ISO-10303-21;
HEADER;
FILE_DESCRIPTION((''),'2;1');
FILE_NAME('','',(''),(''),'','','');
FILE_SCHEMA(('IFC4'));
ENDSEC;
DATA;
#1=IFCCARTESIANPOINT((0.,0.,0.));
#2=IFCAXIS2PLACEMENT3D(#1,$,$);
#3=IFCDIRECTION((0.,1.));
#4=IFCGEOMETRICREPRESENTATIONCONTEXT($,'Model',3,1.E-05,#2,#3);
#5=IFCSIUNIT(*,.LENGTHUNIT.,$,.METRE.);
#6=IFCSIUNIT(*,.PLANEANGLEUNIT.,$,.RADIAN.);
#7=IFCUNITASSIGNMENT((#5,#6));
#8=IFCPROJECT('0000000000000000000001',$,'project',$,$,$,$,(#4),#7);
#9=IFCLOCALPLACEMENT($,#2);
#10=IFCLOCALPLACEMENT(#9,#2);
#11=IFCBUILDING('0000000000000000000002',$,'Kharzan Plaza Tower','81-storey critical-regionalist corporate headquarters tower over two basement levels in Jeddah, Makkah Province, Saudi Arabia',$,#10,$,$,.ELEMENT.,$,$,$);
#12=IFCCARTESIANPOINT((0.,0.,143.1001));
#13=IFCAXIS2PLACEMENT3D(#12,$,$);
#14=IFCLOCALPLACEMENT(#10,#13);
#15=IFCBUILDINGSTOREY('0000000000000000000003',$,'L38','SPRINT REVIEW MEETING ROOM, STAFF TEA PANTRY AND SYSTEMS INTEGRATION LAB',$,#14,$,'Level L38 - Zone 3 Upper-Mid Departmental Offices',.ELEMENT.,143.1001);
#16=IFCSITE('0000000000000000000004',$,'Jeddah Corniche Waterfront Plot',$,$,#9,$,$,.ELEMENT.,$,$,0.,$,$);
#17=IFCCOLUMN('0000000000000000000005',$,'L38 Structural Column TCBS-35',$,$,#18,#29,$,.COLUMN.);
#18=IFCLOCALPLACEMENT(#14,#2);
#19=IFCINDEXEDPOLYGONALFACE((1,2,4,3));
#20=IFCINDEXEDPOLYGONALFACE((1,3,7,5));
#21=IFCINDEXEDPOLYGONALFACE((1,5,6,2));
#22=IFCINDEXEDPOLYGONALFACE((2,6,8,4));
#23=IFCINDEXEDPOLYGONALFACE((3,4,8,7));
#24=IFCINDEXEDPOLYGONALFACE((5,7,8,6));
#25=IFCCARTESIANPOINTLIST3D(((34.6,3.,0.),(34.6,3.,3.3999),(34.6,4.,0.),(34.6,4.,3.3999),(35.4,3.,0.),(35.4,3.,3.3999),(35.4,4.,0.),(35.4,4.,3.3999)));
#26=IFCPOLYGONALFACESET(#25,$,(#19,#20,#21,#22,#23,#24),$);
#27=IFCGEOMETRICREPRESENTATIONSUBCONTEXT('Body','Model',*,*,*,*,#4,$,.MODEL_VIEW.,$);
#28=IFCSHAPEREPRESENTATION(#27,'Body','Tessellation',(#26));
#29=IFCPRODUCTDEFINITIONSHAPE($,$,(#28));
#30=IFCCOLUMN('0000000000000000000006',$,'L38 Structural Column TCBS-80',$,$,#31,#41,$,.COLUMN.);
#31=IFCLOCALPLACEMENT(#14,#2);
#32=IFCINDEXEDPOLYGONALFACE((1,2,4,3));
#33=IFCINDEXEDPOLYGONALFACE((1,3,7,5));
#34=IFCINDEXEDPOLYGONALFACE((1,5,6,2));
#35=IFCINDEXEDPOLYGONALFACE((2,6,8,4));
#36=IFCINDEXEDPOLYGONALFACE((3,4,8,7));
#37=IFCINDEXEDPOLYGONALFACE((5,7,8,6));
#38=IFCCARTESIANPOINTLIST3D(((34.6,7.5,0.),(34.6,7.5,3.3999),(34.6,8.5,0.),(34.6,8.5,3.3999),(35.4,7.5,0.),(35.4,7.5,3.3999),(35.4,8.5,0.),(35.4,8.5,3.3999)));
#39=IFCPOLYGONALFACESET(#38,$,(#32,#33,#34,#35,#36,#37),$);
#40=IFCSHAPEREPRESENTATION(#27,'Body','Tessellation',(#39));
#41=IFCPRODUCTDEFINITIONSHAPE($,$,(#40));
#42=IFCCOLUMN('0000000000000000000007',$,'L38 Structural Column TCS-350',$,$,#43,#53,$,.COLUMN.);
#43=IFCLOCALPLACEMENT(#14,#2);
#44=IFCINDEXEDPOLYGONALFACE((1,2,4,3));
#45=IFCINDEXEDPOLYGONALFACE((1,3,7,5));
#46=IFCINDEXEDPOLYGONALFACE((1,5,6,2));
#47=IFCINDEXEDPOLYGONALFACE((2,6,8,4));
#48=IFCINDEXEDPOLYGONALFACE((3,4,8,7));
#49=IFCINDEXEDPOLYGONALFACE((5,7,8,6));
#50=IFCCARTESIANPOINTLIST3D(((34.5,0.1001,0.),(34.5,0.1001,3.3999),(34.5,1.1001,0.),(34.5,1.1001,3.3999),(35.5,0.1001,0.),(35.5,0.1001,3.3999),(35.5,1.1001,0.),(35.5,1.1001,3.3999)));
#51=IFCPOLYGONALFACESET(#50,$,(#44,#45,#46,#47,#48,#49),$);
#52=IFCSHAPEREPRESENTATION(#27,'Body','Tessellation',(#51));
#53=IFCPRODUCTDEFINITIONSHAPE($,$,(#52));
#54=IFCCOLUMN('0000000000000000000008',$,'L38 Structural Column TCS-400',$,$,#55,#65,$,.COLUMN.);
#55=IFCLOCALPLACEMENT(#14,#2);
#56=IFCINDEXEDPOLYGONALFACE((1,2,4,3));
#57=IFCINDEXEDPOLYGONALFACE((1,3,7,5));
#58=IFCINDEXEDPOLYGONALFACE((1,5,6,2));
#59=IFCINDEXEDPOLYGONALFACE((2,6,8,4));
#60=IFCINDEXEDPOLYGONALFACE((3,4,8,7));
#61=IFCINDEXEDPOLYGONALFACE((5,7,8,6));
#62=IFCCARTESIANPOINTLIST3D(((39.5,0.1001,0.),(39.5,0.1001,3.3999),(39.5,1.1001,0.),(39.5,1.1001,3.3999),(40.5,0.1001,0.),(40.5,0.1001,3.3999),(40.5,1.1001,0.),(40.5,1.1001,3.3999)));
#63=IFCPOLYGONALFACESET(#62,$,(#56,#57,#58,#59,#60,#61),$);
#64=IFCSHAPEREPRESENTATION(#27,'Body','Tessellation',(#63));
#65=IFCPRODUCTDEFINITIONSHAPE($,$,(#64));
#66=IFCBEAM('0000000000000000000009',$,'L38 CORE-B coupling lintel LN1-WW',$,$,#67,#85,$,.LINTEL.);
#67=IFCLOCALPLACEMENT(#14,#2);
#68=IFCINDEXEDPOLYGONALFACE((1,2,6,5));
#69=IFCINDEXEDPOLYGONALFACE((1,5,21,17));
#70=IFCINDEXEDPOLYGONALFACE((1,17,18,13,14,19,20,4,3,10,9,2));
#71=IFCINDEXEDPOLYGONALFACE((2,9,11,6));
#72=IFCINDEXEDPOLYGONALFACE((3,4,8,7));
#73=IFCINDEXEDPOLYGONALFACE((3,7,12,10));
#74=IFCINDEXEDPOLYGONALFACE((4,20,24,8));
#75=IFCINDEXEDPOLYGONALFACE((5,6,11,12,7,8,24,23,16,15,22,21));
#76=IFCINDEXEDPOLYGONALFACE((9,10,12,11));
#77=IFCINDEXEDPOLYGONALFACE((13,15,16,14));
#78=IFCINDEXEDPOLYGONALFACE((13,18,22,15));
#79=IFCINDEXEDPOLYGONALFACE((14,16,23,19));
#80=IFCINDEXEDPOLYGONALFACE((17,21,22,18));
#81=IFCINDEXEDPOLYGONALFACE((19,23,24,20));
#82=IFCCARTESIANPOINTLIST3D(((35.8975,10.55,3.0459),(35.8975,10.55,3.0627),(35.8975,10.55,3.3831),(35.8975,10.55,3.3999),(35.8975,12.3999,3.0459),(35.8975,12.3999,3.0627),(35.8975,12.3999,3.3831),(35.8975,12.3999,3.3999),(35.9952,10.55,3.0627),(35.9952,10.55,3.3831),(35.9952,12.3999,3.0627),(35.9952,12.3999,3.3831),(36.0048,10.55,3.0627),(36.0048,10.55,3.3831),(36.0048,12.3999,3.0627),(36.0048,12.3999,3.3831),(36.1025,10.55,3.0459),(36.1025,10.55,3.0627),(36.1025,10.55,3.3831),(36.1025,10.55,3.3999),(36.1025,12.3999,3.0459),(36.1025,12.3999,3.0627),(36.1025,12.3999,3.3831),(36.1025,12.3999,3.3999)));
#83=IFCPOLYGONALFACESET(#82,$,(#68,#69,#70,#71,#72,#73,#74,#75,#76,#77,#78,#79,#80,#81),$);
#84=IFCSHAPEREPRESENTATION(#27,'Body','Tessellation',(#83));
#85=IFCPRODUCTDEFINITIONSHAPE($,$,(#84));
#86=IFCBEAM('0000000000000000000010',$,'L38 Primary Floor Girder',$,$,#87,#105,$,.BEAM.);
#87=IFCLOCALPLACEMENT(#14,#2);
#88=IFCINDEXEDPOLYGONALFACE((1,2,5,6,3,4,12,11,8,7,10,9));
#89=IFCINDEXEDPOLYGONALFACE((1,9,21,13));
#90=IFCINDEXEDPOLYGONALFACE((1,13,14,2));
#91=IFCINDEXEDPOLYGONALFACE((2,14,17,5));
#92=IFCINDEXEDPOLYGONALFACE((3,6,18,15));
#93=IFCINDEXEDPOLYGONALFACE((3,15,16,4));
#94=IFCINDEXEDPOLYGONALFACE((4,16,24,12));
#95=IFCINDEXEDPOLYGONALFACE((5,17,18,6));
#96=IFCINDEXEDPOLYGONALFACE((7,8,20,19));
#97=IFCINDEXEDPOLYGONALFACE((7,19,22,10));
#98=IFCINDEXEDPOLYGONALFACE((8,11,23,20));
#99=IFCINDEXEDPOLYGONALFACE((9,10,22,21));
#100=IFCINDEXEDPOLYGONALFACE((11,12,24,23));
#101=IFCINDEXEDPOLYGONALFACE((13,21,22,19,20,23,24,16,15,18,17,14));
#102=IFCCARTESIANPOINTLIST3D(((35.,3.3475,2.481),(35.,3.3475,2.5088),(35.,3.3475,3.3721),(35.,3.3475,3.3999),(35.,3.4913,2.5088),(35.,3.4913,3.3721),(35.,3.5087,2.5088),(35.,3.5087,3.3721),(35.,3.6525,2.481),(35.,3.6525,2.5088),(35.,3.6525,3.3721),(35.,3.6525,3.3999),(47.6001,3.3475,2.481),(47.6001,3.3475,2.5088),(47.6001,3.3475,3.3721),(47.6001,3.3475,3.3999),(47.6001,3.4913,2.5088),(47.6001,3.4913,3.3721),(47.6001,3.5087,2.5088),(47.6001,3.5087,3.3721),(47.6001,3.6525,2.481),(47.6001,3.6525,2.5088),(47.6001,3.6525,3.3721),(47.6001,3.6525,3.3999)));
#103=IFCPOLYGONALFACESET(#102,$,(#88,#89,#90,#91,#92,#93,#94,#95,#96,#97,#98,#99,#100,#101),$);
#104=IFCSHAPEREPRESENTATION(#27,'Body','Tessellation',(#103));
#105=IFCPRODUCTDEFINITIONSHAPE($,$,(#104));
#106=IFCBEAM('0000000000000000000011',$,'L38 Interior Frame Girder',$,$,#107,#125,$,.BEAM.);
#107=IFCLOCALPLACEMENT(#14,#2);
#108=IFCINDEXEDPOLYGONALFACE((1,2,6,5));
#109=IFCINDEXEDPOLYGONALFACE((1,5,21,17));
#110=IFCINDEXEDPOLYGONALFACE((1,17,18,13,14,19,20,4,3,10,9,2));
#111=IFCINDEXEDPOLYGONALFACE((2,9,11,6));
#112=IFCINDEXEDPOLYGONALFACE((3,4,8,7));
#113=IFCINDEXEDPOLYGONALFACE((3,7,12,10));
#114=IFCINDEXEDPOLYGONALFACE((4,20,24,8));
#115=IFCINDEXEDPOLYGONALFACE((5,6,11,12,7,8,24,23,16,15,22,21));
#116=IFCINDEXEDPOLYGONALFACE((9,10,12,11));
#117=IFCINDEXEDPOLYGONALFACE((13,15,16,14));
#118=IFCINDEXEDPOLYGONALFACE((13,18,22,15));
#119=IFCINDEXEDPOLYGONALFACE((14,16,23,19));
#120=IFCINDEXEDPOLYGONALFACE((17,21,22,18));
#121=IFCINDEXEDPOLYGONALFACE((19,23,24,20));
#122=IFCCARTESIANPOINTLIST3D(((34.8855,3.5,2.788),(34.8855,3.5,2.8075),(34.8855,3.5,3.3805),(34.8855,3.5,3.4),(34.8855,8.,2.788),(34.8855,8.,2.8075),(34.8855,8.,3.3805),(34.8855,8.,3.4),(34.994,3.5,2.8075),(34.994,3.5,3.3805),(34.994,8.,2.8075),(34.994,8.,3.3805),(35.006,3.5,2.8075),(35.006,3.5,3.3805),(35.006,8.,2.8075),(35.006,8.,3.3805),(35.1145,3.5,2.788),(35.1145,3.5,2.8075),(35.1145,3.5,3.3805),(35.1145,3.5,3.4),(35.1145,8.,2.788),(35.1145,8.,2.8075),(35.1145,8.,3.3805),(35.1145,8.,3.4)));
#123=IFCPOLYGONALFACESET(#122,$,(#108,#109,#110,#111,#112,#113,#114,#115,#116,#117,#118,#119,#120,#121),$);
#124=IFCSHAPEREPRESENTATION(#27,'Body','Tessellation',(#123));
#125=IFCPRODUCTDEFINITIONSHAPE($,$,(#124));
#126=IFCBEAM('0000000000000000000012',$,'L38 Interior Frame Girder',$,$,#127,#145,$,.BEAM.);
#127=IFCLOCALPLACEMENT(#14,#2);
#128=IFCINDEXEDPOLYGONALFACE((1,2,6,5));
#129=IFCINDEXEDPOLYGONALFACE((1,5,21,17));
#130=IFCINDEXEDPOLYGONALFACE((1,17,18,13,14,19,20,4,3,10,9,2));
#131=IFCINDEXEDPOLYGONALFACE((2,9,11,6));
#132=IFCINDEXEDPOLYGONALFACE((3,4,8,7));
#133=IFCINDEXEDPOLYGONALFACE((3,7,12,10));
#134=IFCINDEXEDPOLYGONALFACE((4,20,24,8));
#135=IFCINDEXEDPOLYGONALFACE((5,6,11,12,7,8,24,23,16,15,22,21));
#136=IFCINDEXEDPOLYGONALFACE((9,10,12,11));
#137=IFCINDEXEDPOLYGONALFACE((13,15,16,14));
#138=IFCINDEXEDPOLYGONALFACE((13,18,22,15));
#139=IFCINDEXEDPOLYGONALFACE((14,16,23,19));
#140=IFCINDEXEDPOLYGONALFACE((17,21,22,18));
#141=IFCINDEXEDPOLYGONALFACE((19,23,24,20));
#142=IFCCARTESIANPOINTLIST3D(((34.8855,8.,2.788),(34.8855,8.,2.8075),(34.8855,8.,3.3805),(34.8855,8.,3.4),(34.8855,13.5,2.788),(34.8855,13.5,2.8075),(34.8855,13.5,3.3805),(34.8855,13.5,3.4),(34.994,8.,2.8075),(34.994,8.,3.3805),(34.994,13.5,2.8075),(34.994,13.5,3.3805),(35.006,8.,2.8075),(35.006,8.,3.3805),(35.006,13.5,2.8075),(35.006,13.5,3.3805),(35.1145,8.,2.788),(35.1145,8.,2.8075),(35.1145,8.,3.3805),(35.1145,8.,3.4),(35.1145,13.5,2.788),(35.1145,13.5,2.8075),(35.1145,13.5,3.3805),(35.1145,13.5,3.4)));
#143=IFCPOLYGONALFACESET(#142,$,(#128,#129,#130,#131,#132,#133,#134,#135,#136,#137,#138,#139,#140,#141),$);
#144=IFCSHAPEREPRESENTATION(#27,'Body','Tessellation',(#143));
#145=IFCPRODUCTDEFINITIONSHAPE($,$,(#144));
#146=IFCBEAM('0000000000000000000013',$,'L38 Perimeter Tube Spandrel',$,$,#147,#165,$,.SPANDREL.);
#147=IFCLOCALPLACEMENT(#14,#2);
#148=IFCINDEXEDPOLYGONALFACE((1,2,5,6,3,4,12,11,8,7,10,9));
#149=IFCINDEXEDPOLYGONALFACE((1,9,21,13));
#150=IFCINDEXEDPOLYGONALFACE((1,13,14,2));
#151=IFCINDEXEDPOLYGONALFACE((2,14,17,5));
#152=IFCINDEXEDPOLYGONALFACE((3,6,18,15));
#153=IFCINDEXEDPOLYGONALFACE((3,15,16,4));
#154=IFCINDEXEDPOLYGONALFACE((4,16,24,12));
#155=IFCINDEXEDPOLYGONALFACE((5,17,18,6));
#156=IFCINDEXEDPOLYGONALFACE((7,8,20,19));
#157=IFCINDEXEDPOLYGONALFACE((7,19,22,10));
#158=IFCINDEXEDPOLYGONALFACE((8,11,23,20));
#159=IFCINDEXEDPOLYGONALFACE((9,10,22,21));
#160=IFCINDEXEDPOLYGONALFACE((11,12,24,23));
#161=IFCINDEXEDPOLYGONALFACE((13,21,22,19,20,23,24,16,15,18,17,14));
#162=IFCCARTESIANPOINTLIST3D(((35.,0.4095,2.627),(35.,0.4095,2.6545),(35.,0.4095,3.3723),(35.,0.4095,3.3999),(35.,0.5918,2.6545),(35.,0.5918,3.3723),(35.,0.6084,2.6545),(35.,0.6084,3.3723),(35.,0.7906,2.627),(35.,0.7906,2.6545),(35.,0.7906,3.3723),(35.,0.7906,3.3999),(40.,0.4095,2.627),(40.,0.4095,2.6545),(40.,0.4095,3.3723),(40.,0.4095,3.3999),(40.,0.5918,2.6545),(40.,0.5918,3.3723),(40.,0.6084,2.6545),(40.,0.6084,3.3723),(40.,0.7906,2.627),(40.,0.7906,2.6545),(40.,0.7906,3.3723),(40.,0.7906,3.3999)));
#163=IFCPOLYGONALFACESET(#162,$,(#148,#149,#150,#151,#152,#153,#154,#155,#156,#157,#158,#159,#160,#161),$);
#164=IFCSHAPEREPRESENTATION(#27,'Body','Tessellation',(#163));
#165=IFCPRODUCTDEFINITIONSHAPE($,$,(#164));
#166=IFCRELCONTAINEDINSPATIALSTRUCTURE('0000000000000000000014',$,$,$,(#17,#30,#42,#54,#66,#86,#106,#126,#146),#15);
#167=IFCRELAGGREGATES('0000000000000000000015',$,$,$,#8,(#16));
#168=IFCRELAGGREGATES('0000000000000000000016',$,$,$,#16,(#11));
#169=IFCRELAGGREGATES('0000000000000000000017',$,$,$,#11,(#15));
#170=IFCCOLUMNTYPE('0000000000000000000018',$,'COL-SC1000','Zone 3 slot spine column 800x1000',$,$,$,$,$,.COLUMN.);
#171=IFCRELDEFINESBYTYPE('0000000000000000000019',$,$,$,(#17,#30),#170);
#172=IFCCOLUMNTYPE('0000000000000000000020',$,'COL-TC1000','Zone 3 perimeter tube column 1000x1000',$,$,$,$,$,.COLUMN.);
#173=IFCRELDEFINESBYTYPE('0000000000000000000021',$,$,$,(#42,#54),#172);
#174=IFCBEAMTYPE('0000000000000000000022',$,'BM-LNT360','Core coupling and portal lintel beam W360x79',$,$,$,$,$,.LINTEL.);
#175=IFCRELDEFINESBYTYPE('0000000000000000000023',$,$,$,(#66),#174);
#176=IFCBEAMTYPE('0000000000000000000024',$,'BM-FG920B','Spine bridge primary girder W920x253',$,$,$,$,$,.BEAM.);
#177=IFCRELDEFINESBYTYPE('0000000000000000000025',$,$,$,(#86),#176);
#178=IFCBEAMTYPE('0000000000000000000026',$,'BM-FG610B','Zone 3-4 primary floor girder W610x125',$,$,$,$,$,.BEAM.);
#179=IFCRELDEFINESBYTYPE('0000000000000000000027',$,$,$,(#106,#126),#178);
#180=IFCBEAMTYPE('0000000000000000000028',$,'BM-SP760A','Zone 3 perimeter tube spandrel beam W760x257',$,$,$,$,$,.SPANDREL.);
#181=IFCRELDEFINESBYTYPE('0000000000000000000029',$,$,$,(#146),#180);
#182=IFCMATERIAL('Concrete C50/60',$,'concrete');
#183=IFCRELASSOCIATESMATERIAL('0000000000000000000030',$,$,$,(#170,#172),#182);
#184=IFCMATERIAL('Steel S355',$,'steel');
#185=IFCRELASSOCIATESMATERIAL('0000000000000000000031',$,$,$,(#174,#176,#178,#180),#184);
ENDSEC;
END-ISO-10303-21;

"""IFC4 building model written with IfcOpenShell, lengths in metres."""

from ifc_helpers import new_model, si_unit, direction, frame, origin, origin_2d, place, context, subcontext, project, spatial, rectangle, i_section, extrude, source, transform, mapped, material, material_profile, profile_set, type_object, element, save


model = new_model("IFC4")

# Units and contexts
model_context = context("Model", 3, precision=1e-05, world=origin(), true_north=direction((0.0, 1.0)))
body_context = subcontext(model_context, "Body", "Model", "MODEL_VIEW")
ifc_project = project(units=[si_unit("LENGTHUNIT", "METRE"), si_unit("PLANEANGLEUNIT", "RADIAN")], contexts=[model_context])

# Site, building, storey
site_placement = place(None, origin())
site = spatial("IfcSite", under=ifc_project, at=site_placement, Name="Jeddah Corniche Waterfront Plot", CompositionType="ELEMENT", RefElevation=0.0)
building_placement = place(site_placement, origin())
building = spatial("IfcBuilding", under=site, at=building_placement, Name="Kharzan Plaza Tower", Description="81-storey critical-regionalist corporate headquarters tower over two basement levels in Jeddah, Makkah Province, Saudi Arabia", CompositionType="ELEMENT")
storey_placement = place(building_placement, frame((0.0, 0.0, 143.1001)))
storey = spatial("IfcBuildingStorey", under=building, at=storey_placement, Name="L38", Description="SPRINT REVIEW MEETING ROOM, STAFF TEA PANTRY AND SYSTEMS INTEGRATION LAB", LongName="Level L38 - Zone 3 Upper-Mid Departmental Offices", CompositionType="ELEMENT", Elevation=143.1001)

# Columns
ifc_material_1 = material(Name="Concrete C50/60", Category="concrete")
ifc_material_profile_1 = material_profile(ifc_material_1, rectangle(XDim=0.8, YDim=1.0, at=origin_2d()), Name="RC-SC1000x800")
ifc_profile_set_1 = profile_set([ifc_material_profile_1], Name="Concrete C50/60")
column_type_1 = type_object("IfcColumnType", Name="COL-SC1000", Description="Zone 3 slot spine column 800x1000", PredefinedType="COLUMN", material=ifc_profile_set_1)
shared_shape_1 = source(origin(), body_context, "Body", "SweptSolid", [
    extrude(rectangle(XDim=0.8, YDim=1.0, at=origin_2d()), origin(), (0.0, 0.0, 1.0), 3.3999),
])
for number, where, z_axis, x_axis, name in (
    (1, (35.0, 3.5, 0.0), (0.0, 0.0, 1.0), (1.0, 0.0, 0.0), "L38 Structural Column TCBS-35"),
    (2, (35.0, 8.0, 0.0), (0.0, 0.0, 1.0), (1.0, 0.0, 0.0), "L38 Structural Column TCBS-80"),
):
    element("IfcColumn", number, at=place(storey_placement, frame(where, z_axis=z_axis, x_axis=x_axis)), inside=storey, type_object=column_type_1, Name=name, PredefinedType="COLUMN", context=body_context, shape_type="MappedRepresentation", body=[
        mapped(shared_shape_1, transform((0.0, 0.0, 0.0), x_axis=(1.0, 0.0, 0.0), y_axis=(0.0, 1.0, 0.0), z_axis=(0.0, 0.0, 1.0))),
    ])
ifc_material_profile_2 = material_profile(ifc_material_1, rectangle(XDim=1.0, YDim=1.0, at=origin_2d()), Name="RC-TC1000x1000")
ifc_profile_set_2 = profile_set([ifc_material_profile_2], Name="Concrete C50/60")
column_type_2 = type_object("IfcColumnType", Name="COL-TC1000", Description="Zone 3 perimeter tube column 1000x1000", PredefinedType="COLUMN", material=ifc_profile_set_2)
shared_shape_2 = source(origin(), body_context, "Body", "SweptSolid", [
    extrude(rectangle(XDim=1.0, YDim=1.0, at=origin_2d()), origin(), (0.0, 0.0, 1.0), 3.3999),
])
for number, where, z_axis, x_axis, name in (
    (3, (35.0, 0.6001, 0.0), (0.0, 0.0, 1.0), (1.0, 0.0, 0.0), "L38 Structural Column TCS-350"),
    (4, (40.0, 0.6001, 0.0), (0.0, 0.0, 1.0), (1.0, 0.0, 0.0), "L38 Structural Column TCS-400"),
):
    element("IfcColumn", number, at=place(storey_placement, frame(where, z_axis=z_axis, x_axis=x_axis)), inside=storey, type_object=column_type_2, Name=name, PredefinedType="COLUMN", context=body_context, shape_type="MappedRepresentation", body=[
        mapped(shared_shape_2, transform((0.0, 0.0, 0.0), x_axis=(1.0, 0.0, 0.0), y_axis=(0.0, 1.0, 0.0), z_axis=(0.0, 0.0, 1.0))),
    ])

# Beams
ifc_material_2 = material(Name="Steel S355", Category="steel")
ifc_material_profile_3 = material_profile(ifc_material_2, i_section(OverallWidth=0.2051, OverallDepth=0.354, WebThickness=0.0095, FlangeThickness=0.0168, at=origin_2d()), Name="W360x79")
ifc_profile_set_3 = profile_set([ifc_material_profile_3], Name="Steel S355")
beam_type_1 = type_object("IfcBeamType", Name="BM-LNT360", Description="Core coupling and portal lintel beam W360x79", PredefinedType="LINTEL", material=ifc_profile_set_3)
shared_shape_3 = source(origin(), body_context, "Body", "SweptSolid", [
    extrude(i_section(OverallWidth=0.2051, OverallDepth=0.354, WebThickness=0.0095, FlangeThickness=0.0168, at=origin_2d()), origin(), (0.0, 0.0, 1.0), 1.8499),
])
beam_1_placement = place(storey_placement, frame((36.0, 10.55, 3.2229), z_axis=(0.0, 1.0, 0.0), x_axis=(-1.0, 0.0, 0.0)))
element("IfcBeam", 5, at=beam_1_placement, inside=storey, type_object=beam_type_1, Name="L38 CORE-B coupling lintel LN1-WW", PredefinedType="LINTEL", context=body_context, shape_type="MappedRepresentation", body=[
    mapped(shared_shape_3, transform((0.0, 0.0, 0.0), x_axis=(1.0, 0.0, 0.0), y_axis=(0.0, 1.0, 0.0), z_axis=(0.0, 0.0, 1.0))),
])
ifc_material_profile_4 = material_profile(ifc_material_2, i_section(OverallWidth=0.3049, OverallDepth=0.9189, WebThickness=0.0173, FlangeThickness=0.0278, at=origin_2d()), Name="W920x253")
ifc_profile_set_4 = profile_set([ifc_material_profile_4], Name="Steel S355")
beam_type_2 = type_object("IfcBeamType", Name="BM-FG920B", Description="Spine bridge primary girder W920x253", PredefinedType="BEAM", material=ifc_profile_set_4)
shared_shape_4 = source(origin(), body_context, "Body", "SweptSolid", [
    extrude(i_section(OverallWidth=0.3049, OverallDepth=0.9189, WebThickness=0.0173, FlangeThickness=0.0278, at=origin_2d()), origin(), (0.0, 0.0, 1.0), 12.6001),
])
beam_2_placement = place(storey_placement, frame((35.0, 3.5, 2.9404), z_axis=(1.0, 0.0, 0.0), x_axis=(0.0, 1.0, 0.0)))
element("IfcBeam", 6, at=beam_2_placement, inside=storey, type_object=beam_type_2, Name="L38 Primary Floor Girder", PredefinedType="BEAM", context=body_context, shape_type="MappedRepresentation", body=[
    mapped(shared_shape_4, transform((0.0, 0.0, 0.0), x_axis=(1.0, 0.0, 0.0), y_axis=(0.0, 1.0, 0.0), z_axis=(0.0, 0.0, 1.0))),
])
ifc_material_profile_5 = material_profile(ifc_material_2, i_section(OverallWidth=0.229, OverallDepth=0.6121, WebThickness=0.012, FlangeThickness=0.0195, at=origin_2d()), Name="W610x125")
ifc_profile_set_5 = profile_set([ifc_material_profile_5], Name="Steel S355")
beam_type_3 = type_object("IfcBeamType", Name="BM-FG610B", Description="Zone 3-4 primary floor girder W610x125", PredefinedType="BEAM", material=ifc_profile_set_5)
shared_shape_5 = source(origin(), body_context, "Body", "SweptSolid", [
    extrude(i_section(OverallWidth=0.229, OverallDepth=0.6121, WebThickness=0.012, FlangeThickness=0.0195, at=origin_2d()), origin(), (0.0, 0.0, 1.0), 4.5),
])
beam_3_placement = place(storey_placement, frame((35.0, 3.5, 3.094), z_axis=(0.0, 1.0, 0.0), x_axis=(-1.0, 0.0, 0.0)))
element("IfcBeam", 7, at=beam_3_placement, inside=storey, type_object=beam_type_3, Name="L38 Interior Frame Girder", PredefinedType="BEAM", context=body_context, shape_type="MappedRepresentation", body=[
    mapped(shared_shape_5, transform((0.0, 0.0, 0.0), x_axis=(1.0, 0.0, 0.0), y_axis=(0.0, 1.0, 0.0), z_axis=(0.0, 0.0, 1.0))),
])
shared_shape_6 = source(origin(), body_context, "Body", "SweptSolid", [
    extrude(i_section(OverallWidth=0.229, OverallDepth=0.6121, WebThickness=0.012, FlangeThickness=0.0195, at=origin_2d()), origin(), (0.0, 0.0, 1.0), 5.5),
])
beam_4_placement = place(storey_placement, frame((35.0, 8.0, 3.094), z_axis=(0.0, 1.0, 0.0), x_axis=(-1.0, 0.0, 0.0)))
element("IfcBeam", 8, at=beam_4_placement, inside=storey, type_object=beam_type_3, Name="L38 Interior Frame Girder", PredefinedType="BEAM", context=body_context, shape_type="MappedRepresentation", body=[
    mapped(shared_shape_6, transform((0.0, 0.0, 0.0), x_axis=(1.0, 0.0, 0.0), y_axis=(0.0, 1.0, 0.0), z_axis=(0.0, 0.0, 1.0))),
])
ifc_material_profile_6 = material_profile(ifc_material_2, i_section(OverallWidth=0.3811, OverallDepth=0.7729, WebThickness=0.0166, FlangeThickness=0.0276, at=origin_2d()), Name="W760x257")
ifc_profile_set_6 = profile_set([ifc_material_profile_6], Name="Steel S355")
beam_type_4 = type_object("IfcBeamType", Name="BM-SP760A", Description="Zone 3 perimeter tube spandrel beam W760x257", PredefinedType="SPANDREL", material=ifc_profile_set_6)
shared_shape_7 = source(origin(), body_context, "Body", "SweptSolid", [
    extrude(i_section(OverallWidth=0.3811, OverallDepth=0.7729, WebThickness=0.0166, FlangeThickness=0.0276, at=origin_2d()), origin(), (0.0, 0.0, 1.0), 5.0),
])
beam_5_placement = place(storey_placement, frame((35.0, 0.6001, 3.0134), z_axis=(1.0, 0.0, 0.0), x_axis=(0.0, 1.0, 0.0)))
element("IfcBeam", 9, at=beam_5_placement, inside=storey, type_object=beam_type_4, Name="L38 Perimeter Tube Spandrel", PredefinedType="SPANDREL", context=body_context, shape_type="MappedRepresentation", body=[
    mapped(shared_shape_7, transform((0.0, 0.0, 0.0), x_axis=(1.0, 0.0, 0.0), y_axis=(0.0, 1.0, 0.0), z_axis=(0.0, 0.0, 1.0))),
])

save(model, "model.ifc")
